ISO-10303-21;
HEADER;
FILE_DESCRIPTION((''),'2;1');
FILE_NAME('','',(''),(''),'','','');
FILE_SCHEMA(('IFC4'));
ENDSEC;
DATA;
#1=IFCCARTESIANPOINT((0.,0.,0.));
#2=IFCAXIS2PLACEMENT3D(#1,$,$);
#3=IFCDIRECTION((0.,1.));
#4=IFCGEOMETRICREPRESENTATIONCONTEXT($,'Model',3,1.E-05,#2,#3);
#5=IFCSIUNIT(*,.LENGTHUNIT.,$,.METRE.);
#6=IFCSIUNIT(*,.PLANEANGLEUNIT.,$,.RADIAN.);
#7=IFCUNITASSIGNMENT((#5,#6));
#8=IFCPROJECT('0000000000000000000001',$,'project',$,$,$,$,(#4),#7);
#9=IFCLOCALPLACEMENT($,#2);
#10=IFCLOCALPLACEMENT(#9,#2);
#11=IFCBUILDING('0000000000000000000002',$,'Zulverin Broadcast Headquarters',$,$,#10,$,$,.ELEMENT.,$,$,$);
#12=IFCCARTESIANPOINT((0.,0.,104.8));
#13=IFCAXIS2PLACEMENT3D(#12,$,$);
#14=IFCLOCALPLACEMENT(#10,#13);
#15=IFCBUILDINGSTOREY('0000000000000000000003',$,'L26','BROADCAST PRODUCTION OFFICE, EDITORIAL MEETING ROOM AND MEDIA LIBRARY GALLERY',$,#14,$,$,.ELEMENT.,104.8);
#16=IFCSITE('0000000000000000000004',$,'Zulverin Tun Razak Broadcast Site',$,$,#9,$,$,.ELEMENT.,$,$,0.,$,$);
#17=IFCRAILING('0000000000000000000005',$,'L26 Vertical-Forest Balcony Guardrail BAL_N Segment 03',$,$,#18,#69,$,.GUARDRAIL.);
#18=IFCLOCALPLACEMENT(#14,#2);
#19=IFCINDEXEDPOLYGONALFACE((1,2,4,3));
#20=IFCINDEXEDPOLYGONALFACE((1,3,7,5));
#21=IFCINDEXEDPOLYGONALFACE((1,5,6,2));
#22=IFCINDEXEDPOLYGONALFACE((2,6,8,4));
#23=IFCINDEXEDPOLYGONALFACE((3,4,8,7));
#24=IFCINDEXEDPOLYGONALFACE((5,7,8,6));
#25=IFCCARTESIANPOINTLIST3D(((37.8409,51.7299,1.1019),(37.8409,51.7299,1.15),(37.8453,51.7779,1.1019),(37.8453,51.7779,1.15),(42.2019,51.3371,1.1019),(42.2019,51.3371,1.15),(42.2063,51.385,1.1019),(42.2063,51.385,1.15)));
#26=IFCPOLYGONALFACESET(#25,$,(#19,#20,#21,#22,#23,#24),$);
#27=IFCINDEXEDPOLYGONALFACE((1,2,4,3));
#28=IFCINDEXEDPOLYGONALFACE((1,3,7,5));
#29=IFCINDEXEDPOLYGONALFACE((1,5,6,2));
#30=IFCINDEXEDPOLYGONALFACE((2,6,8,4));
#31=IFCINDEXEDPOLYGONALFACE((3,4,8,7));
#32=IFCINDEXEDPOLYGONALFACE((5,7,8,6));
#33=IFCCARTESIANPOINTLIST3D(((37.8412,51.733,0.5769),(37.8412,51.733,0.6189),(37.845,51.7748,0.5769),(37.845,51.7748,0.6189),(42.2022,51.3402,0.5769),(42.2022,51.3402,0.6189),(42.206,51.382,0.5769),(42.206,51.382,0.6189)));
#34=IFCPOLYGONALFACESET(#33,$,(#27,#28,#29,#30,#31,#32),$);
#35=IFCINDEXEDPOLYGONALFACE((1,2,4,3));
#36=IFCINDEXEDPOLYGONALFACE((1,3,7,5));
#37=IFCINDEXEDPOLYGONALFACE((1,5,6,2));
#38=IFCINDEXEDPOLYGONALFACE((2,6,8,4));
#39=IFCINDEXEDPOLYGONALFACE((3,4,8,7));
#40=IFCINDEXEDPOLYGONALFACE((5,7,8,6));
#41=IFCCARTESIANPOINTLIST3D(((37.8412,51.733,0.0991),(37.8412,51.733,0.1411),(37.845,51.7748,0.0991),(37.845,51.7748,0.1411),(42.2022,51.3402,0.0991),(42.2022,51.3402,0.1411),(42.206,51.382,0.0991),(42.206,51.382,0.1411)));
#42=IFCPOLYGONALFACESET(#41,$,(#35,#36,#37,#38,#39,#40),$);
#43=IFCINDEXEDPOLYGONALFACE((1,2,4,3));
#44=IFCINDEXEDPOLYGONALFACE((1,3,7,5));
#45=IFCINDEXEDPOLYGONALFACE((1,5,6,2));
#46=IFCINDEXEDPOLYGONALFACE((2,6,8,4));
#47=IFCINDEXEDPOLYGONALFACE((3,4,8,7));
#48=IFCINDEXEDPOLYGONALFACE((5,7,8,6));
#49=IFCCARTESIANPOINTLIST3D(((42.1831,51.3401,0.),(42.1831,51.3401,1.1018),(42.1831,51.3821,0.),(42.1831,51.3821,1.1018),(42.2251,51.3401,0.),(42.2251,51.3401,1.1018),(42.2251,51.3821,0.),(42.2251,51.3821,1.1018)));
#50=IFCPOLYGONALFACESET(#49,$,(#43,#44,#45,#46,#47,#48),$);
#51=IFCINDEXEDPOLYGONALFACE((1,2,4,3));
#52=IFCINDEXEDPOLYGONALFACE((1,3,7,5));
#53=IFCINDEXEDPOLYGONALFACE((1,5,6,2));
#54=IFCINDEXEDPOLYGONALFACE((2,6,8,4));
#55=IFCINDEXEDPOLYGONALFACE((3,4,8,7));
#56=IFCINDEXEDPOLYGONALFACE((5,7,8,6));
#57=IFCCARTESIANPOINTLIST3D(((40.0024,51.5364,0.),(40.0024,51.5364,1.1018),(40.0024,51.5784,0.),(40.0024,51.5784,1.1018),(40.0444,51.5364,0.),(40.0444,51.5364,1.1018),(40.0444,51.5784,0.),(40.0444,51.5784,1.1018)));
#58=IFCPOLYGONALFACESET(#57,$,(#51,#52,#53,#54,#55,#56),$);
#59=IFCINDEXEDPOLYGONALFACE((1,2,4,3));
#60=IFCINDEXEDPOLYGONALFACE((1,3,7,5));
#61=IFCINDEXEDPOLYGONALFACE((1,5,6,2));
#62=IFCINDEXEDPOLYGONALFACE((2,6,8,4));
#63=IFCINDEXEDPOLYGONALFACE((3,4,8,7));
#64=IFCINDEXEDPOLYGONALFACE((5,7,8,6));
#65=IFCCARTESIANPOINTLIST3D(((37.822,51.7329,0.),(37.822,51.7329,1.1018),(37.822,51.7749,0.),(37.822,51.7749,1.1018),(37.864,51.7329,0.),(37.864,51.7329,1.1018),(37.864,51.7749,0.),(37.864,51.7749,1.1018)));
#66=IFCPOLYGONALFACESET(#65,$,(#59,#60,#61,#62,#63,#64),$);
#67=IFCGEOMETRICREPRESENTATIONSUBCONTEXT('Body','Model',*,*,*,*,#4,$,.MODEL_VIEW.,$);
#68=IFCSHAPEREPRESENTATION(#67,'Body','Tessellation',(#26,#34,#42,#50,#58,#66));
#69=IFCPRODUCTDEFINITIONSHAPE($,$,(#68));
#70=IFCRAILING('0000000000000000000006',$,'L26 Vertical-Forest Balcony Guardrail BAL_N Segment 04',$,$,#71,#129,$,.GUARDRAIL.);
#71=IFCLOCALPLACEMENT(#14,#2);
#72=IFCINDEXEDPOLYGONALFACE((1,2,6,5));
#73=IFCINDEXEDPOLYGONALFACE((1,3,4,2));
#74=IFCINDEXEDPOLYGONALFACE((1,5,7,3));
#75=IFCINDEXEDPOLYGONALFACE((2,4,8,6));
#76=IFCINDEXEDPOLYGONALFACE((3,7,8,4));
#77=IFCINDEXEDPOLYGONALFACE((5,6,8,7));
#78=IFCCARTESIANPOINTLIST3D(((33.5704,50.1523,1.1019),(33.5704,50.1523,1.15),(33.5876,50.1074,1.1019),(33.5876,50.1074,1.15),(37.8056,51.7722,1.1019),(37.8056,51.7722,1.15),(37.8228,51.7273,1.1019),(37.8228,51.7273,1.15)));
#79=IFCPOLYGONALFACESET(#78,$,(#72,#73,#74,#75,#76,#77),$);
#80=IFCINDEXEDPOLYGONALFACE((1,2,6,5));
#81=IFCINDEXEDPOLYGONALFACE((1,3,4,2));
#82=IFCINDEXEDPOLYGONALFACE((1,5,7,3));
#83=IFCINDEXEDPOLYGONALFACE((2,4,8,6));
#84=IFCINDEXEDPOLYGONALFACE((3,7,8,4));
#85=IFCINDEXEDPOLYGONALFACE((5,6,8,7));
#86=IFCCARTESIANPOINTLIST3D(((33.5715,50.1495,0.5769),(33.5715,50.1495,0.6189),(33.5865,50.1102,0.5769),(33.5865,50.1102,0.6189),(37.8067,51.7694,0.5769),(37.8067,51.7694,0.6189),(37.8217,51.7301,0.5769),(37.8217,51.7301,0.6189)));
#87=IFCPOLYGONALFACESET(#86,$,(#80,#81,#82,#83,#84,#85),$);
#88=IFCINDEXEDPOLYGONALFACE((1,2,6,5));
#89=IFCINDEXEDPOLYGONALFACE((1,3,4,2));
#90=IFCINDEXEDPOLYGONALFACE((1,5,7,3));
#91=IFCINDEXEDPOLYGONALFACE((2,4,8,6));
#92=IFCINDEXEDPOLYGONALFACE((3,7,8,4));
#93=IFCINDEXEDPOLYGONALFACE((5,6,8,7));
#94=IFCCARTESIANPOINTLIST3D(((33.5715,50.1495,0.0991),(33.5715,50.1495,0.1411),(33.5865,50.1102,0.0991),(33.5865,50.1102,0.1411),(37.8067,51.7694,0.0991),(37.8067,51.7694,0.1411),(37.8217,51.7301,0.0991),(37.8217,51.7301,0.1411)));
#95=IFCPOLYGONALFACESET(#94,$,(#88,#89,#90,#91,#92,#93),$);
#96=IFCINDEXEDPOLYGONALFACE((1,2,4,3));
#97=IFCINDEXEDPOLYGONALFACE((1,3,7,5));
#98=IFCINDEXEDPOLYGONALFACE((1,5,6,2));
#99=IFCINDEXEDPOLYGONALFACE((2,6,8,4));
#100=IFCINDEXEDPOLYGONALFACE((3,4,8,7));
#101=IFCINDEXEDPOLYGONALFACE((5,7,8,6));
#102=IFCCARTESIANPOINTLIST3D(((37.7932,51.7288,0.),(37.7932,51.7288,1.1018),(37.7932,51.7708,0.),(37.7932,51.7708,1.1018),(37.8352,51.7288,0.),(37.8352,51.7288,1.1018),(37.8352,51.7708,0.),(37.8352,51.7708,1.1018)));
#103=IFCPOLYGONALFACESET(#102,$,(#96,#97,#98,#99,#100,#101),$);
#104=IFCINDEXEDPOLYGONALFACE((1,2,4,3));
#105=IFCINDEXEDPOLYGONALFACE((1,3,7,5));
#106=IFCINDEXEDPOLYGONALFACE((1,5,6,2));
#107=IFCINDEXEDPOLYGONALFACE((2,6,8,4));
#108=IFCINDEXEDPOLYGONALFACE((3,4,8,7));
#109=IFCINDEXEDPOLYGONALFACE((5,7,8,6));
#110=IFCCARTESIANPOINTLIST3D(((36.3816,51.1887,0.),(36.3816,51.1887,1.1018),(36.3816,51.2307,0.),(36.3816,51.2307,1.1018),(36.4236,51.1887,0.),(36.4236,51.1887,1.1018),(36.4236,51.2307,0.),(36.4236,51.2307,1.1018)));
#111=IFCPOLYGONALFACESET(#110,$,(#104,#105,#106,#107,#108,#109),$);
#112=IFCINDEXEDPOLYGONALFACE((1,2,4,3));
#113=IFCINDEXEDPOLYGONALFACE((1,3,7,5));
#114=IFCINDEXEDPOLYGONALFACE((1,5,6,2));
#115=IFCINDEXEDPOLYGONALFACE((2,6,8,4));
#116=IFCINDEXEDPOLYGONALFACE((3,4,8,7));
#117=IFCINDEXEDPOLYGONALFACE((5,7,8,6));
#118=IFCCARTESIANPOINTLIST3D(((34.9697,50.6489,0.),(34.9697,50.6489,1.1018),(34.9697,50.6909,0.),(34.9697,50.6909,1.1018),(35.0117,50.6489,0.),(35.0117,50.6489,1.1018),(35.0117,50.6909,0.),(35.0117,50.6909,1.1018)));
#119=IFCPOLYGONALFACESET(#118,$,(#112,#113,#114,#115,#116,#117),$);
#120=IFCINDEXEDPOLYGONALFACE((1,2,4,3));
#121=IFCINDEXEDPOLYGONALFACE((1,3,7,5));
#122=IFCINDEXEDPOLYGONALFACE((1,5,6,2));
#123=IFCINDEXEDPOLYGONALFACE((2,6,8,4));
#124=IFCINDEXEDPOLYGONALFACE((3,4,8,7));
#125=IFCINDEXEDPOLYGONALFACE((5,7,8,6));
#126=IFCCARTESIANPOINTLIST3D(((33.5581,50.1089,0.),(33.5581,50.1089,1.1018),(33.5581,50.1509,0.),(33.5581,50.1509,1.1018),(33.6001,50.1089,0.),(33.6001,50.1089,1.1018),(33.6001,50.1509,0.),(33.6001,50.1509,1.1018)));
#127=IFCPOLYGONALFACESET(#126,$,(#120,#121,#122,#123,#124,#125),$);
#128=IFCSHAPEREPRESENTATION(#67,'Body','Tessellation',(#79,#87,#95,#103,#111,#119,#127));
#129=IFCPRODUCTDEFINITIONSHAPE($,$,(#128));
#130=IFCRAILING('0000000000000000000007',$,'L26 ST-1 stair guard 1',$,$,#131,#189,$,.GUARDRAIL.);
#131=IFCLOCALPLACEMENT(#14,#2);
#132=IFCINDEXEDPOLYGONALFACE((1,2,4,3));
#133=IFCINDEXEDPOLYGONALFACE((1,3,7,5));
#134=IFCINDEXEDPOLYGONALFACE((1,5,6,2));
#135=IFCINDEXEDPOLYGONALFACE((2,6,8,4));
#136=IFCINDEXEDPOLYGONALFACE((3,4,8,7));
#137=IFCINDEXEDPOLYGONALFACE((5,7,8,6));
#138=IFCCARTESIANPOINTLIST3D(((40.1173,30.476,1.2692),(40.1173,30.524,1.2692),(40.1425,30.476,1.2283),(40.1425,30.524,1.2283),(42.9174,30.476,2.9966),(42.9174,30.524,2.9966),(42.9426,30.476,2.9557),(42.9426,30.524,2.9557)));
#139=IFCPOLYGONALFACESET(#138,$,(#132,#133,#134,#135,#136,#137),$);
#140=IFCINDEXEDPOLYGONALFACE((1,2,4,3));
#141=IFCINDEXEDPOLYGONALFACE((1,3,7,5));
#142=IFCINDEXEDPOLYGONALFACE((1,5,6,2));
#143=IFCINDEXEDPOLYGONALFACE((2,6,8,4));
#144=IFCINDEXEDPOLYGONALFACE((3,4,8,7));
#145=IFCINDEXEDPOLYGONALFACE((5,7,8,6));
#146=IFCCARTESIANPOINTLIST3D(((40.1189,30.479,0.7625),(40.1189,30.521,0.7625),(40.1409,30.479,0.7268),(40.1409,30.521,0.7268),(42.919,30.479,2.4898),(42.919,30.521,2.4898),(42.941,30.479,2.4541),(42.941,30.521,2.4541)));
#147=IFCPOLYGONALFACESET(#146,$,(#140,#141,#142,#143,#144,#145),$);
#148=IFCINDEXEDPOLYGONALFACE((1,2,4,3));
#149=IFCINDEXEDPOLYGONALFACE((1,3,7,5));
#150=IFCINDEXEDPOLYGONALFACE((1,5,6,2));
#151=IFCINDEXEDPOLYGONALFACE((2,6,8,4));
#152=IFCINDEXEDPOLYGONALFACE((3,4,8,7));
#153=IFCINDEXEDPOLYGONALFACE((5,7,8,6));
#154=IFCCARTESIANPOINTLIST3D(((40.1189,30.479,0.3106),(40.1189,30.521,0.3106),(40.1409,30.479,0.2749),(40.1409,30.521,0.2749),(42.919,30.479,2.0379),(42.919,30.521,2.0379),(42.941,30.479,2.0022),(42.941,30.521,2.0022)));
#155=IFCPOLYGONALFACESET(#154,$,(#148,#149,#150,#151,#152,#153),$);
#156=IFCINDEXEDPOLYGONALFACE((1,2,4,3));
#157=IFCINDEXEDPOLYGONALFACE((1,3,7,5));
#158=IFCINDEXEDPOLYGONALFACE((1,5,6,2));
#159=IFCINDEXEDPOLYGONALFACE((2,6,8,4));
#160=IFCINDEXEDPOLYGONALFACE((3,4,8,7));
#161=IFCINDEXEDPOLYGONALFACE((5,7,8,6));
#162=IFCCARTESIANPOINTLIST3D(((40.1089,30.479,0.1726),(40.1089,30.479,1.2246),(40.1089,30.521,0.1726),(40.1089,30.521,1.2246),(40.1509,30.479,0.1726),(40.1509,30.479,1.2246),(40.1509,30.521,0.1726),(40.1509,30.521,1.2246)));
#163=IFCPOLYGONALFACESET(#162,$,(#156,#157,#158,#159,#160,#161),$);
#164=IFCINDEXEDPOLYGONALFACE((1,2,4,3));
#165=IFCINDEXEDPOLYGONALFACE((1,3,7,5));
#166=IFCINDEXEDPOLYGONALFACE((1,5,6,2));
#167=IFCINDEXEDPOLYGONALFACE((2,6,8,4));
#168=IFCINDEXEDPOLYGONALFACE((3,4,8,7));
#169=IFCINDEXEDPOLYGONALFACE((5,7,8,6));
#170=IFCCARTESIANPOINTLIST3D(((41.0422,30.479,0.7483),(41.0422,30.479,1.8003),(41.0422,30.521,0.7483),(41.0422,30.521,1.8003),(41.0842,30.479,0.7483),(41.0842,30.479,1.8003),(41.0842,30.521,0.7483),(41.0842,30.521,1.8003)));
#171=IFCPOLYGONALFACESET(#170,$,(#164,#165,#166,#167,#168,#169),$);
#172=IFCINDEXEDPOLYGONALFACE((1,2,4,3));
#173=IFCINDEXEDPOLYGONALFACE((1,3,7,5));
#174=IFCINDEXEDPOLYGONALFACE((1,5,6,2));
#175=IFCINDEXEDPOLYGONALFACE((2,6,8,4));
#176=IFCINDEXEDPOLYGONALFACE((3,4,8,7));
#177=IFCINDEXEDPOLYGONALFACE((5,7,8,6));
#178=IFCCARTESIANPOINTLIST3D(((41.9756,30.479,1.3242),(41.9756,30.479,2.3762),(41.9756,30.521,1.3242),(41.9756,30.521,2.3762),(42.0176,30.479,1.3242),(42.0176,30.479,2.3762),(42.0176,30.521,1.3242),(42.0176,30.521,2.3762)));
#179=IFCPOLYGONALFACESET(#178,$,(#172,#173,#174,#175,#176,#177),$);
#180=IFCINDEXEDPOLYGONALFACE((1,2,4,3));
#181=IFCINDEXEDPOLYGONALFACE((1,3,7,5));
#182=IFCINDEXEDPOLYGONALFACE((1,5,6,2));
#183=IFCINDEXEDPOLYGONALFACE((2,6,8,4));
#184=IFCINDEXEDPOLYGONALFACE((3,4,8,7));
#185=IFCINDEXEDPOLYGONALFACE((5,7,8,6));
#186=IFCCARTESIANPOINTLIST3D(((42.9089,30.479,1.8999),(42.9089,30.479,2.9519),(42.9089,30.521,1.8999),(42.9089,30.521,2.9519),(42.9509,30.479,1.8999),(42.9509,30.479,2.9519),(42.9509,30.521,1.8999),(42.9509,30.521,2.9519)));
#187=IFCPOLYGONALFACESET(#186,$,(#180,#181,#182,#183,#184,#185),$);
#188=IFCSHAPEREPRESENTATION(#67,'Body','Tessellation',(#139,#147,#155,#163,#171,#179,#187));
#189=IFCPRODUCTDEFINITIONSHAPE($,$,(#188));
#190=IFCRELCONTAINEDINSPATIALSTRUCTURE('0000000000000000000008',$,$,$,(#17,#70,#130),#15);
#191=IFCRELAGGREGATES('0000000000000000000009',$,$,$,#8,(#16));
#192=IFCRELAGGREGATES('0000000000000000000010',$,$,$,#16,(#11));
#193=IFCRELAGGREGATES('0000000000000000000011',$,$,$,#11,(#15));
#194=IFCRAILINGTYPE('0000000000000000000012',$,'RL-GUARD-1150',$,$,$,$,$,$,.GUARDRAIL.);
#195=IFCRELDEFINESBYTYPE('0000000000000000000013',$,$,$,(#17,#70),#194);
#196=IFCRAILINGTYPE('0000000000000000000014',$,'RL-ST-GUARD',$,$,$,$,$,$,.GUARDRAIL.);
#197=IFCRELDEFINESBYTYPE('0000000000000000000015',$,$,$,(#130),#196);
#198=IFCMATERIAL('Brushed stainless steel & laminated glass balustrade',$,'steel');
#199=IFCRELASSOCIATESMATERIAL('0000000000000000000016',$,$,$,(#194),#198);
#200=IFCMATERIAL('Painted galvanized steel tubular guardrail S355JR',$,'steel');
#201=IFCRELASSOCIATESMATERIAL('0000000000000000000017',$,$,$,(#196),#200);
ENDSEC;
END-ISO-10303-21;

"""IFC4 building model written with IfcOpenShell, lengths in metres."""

from ifc_helpers import new_model, si_unit, direction, frame, origin, origin_2d, place, context, subcontext, project, spatial, rectangle, extrude, material, type_object, element, save


model = new_model("IFC4")

# Units and contexts
model_context = context("Model", 3, precision=1e-05, world=origin(), true_north=direction((0.0, 1.0)))
body_context = subcontext(model_context, "Body", "Model", "MODEL_VIEW")
ifc_project = project(units=[si_unit("LENGTHUNIT", "METRE"), si_unit("PLANEANGLEUNIT", "RADIAN")], contexts=[model_context])

# Site, building, storey
site_placement = place(None, origin())
site = spatial("IfcSite", under=ifc_project, at=site_placement, Name="Zulverin Tun Razak Broadcast Site", CompositionType="ELEMENT", RefElevation=0.0)
building_placement = place(site_placement, origin())
building = spatial("IfcBuilding", under=site, at=building_placement, Name="Zulverin Broadcast Headquarters", CompositionType="ELEMENT")
storey_placement = place(building_placement, frame((0.0, 0.0, 104.8)))
storey = spatial("IfcBuildingStorey", under=building, at=storey_placement, Name="L26", Description="BROADCAST PRODUCTION OFFICE, EDITORIAL MEETING ROOM AND MEDIA LIBRARY GALLERY", CompositionType="ELEMENT", Elevation=104.8)

# Railings
ifc_material_1 = material(Name="Brushed stainless steel & laminated glass balustrade", Category="steel")
railing_type_1 = type_object("IfcRailingType", Name="RL-GUARD-1150", PredefinedType="GUARDRAIL", material=ifc_material_1)
railing_1_placement = place(storey_placement, frame((42.2041, 51.3611, 0.0)))
element("IfcRailing", 1, at=railing_1_placement, inside=storey, type_object=railing_type_1, Name="L26 Vertical-Forest Balcony Guardrail BAL_N Segment 03", PredefinedType="GUARDRAIL", context=body_context, shape_type="SweptSolid", body=[
    extrude(rectangle(XDim=0.0481, YDim=0.0481, at=origin_2d()), frame((0.0, 0.0, 1.126), z_axis=(-0.995968, 0.089711, 0.0), x_axis=(-0.089711, -0.995968, 0.0)), (0.0, 0.0, 1.0), 4.3787),
    extrude(rectangle(XDim=0.042, YDim=0.042, at=origin_2d()), frame((0.0, 0.0, 0.5979), z_axis=(-0.995968, 0.089711, 0.0), x_axis=(-0.089711, -0.995968, 0.0)), (0.0, 0.0, 1.0), 4.3787),
    extrude(rectangle(XDim=0.042, YDim=0.042, at=origin_2d()), frame((0.0, 0.0, 0.1201), z_axis=(-0.995968, 0.089711, 0.0), x_axis=(-0.089711, -0.995968, 0.0)), (0.0, 0.0, 1.0), 4.3787),
    extrude(rectangle(XDim=0.042, YDim=0.042, at=origin_2d()), origin(), (0.0, 0.0, 1.0), 1.1018),
    extrude(rectangle(XDim=0.042, YDim=0.042, at=origin_2d()), frame((-2.1807, 0.1963, 0.0)), (0.0, 0.0, 1.0), 1.1018),
    extrude(rectangle(XDim=0.042, YDim=0.042, at=origin_2d()), frame((-4.3611, 0.3928, 0.0)), (0.0, 0.0, 1.0), 1.1018),
])
railing_2_placement = place(storey_placement, frame((37.8142, 51.7498, 0.0)))
element("IfcRailing", 2, at=railing_2_placement, inside=storey, type_object=railing_type_1, Name="L26 Vertical-Forest Balcony Guardrail BAL_N Segment 04", PredefinedType="GUARDRAIL", context=body_context, shape_type="SweptSolid", body=[
    extrude(rectangle(XDim=0.0481, YDim=0.0481, at=origin_2d()), frame((0.0, 0.0, 1.126), z_axis=(-0.93401, -0.357247, 0.0), x_axis=(0.357247, -0.93401, 0.0)), (0.0, 0.0, 1.0), 4.5344),
    extrude(rectangle(XDim=0.042, YDim=0.042, at=origin_2d()), frame((0.0, 0.0, 0.5979), z_axis=(-0.93401, -0.357247, 0.0), x_axis=(0.357247, -0.93401, 0.0)), (0.0, 0.0, 1.0), 4.5344),
    extrude(rectangle(XDim=0.042, YDim=0.042, at=origin_2d()), frame((0.0, 0.0, 0.1201), z_axis=(-0.93401, -0.357247, 0.0), x_axis=(0.357247, -0.93401, 0.0)), (0.0, 0.0, 1.0), 4.5344),
    extrude(rectangle(XDim=0.042, YDim=0.042, at=origin_2d()), origin(), (0.0, 0.0, 1.0), 1.1018),
    extrude(rectangle(XDim=0.042, YDim=0.042, at=origin_2d()), frame((-1.4116, -0.54, 0.0)), (0.0, 0.0, 1.0), 1.1018),
    extrude(rectangle(XDim=0.042, YDim=0.042, at=origin_2d()), frame((-2.8235, -1.0798, 0.0)), (0.0, 0.0, 1.0), 1.1018),
    extrude(rectangle(XDim=0.042, YDim=0.042, at=origin_2d()), frame((-4.2351, -1.6199, 0.0)), (0.0, 0.0, 1.0), 1.1018),
])
ifc_material_2 = material(Name="Painted galvanized steel tubular guardrail S355JR", Category="steel")
railing_type_2 = type_object("IfcRailingType", Name="RL-ST-GUARD", PredefinedType="GUARDRAIL", material=ifc_material_2)
railing_3_placement = place(storey_placement, frame((40.1299, 30.5, 0.1726)))
element("IfcRailing", 3, at=railing_3_placement, inside=storey, type_object=railing_type_2, Name="L26 ST-1 stair guard 1", PredefinedType="GUARDRAIL", context=body_context, shape_type="SweptSolid", body=[
    extrude(rectangle(XDim=0.0481, YDim=0.0481, at=origin_2d()), frame((0.0, 0.0, 1.0762), z_axis=(0.85109, 0.0, 0.52502), x_axis=(0.0, 1.0, 0.0)), (0.0, 0.0, 1.0), 3.29),
    extrude(rectangle(XDim=0.042, YDim=0.042, at=origin_2d()), frame((0.0, 0.0, 0.572), z_axis=(0.85109, 0.0, 0.52502), x_axis=(0.0, 1.0, 0.0)), (0.0, 0.0, 1.0), 3.29),
    extrude(rectangle(XDim=0.042, YDim=0.042, at=origin_2d()), frame((0.0, 0.0, 0.1201), z_axis=(0.85109, 0.0, 0.52502), x_axis=(0.0, 1.0, 0.0)), (0.0, 0.0, 1.0), 3.29),
    extrude(rectangle(XDim=0.042, YDim=0.042, at=origin_2d()), origin(), (0.0, 0.0, 1.0), 1.052),
    extrude(rectangle(XDim=0.042, YDim=0.042, at=origin_2d()), frame((0.9333, 0.0, 0.5757)), (0.0, 0.0, 1.0), 1.052),
    extrude(rectangle(XDim=0.042, YDim=0.042, at=origin_2d()), frame((1.8667, 0.0, 1.1516)), (0.0, 0.0, 1.0), 1.052),
    extrude(rectangle(XDim=0.042, YDim=0.042, at=origin_2d()), frame((2.8, 0.0, 1.7273)), (0.0, 0.0, 1.0), 1.052),
])

save(model, "model.ifc")
